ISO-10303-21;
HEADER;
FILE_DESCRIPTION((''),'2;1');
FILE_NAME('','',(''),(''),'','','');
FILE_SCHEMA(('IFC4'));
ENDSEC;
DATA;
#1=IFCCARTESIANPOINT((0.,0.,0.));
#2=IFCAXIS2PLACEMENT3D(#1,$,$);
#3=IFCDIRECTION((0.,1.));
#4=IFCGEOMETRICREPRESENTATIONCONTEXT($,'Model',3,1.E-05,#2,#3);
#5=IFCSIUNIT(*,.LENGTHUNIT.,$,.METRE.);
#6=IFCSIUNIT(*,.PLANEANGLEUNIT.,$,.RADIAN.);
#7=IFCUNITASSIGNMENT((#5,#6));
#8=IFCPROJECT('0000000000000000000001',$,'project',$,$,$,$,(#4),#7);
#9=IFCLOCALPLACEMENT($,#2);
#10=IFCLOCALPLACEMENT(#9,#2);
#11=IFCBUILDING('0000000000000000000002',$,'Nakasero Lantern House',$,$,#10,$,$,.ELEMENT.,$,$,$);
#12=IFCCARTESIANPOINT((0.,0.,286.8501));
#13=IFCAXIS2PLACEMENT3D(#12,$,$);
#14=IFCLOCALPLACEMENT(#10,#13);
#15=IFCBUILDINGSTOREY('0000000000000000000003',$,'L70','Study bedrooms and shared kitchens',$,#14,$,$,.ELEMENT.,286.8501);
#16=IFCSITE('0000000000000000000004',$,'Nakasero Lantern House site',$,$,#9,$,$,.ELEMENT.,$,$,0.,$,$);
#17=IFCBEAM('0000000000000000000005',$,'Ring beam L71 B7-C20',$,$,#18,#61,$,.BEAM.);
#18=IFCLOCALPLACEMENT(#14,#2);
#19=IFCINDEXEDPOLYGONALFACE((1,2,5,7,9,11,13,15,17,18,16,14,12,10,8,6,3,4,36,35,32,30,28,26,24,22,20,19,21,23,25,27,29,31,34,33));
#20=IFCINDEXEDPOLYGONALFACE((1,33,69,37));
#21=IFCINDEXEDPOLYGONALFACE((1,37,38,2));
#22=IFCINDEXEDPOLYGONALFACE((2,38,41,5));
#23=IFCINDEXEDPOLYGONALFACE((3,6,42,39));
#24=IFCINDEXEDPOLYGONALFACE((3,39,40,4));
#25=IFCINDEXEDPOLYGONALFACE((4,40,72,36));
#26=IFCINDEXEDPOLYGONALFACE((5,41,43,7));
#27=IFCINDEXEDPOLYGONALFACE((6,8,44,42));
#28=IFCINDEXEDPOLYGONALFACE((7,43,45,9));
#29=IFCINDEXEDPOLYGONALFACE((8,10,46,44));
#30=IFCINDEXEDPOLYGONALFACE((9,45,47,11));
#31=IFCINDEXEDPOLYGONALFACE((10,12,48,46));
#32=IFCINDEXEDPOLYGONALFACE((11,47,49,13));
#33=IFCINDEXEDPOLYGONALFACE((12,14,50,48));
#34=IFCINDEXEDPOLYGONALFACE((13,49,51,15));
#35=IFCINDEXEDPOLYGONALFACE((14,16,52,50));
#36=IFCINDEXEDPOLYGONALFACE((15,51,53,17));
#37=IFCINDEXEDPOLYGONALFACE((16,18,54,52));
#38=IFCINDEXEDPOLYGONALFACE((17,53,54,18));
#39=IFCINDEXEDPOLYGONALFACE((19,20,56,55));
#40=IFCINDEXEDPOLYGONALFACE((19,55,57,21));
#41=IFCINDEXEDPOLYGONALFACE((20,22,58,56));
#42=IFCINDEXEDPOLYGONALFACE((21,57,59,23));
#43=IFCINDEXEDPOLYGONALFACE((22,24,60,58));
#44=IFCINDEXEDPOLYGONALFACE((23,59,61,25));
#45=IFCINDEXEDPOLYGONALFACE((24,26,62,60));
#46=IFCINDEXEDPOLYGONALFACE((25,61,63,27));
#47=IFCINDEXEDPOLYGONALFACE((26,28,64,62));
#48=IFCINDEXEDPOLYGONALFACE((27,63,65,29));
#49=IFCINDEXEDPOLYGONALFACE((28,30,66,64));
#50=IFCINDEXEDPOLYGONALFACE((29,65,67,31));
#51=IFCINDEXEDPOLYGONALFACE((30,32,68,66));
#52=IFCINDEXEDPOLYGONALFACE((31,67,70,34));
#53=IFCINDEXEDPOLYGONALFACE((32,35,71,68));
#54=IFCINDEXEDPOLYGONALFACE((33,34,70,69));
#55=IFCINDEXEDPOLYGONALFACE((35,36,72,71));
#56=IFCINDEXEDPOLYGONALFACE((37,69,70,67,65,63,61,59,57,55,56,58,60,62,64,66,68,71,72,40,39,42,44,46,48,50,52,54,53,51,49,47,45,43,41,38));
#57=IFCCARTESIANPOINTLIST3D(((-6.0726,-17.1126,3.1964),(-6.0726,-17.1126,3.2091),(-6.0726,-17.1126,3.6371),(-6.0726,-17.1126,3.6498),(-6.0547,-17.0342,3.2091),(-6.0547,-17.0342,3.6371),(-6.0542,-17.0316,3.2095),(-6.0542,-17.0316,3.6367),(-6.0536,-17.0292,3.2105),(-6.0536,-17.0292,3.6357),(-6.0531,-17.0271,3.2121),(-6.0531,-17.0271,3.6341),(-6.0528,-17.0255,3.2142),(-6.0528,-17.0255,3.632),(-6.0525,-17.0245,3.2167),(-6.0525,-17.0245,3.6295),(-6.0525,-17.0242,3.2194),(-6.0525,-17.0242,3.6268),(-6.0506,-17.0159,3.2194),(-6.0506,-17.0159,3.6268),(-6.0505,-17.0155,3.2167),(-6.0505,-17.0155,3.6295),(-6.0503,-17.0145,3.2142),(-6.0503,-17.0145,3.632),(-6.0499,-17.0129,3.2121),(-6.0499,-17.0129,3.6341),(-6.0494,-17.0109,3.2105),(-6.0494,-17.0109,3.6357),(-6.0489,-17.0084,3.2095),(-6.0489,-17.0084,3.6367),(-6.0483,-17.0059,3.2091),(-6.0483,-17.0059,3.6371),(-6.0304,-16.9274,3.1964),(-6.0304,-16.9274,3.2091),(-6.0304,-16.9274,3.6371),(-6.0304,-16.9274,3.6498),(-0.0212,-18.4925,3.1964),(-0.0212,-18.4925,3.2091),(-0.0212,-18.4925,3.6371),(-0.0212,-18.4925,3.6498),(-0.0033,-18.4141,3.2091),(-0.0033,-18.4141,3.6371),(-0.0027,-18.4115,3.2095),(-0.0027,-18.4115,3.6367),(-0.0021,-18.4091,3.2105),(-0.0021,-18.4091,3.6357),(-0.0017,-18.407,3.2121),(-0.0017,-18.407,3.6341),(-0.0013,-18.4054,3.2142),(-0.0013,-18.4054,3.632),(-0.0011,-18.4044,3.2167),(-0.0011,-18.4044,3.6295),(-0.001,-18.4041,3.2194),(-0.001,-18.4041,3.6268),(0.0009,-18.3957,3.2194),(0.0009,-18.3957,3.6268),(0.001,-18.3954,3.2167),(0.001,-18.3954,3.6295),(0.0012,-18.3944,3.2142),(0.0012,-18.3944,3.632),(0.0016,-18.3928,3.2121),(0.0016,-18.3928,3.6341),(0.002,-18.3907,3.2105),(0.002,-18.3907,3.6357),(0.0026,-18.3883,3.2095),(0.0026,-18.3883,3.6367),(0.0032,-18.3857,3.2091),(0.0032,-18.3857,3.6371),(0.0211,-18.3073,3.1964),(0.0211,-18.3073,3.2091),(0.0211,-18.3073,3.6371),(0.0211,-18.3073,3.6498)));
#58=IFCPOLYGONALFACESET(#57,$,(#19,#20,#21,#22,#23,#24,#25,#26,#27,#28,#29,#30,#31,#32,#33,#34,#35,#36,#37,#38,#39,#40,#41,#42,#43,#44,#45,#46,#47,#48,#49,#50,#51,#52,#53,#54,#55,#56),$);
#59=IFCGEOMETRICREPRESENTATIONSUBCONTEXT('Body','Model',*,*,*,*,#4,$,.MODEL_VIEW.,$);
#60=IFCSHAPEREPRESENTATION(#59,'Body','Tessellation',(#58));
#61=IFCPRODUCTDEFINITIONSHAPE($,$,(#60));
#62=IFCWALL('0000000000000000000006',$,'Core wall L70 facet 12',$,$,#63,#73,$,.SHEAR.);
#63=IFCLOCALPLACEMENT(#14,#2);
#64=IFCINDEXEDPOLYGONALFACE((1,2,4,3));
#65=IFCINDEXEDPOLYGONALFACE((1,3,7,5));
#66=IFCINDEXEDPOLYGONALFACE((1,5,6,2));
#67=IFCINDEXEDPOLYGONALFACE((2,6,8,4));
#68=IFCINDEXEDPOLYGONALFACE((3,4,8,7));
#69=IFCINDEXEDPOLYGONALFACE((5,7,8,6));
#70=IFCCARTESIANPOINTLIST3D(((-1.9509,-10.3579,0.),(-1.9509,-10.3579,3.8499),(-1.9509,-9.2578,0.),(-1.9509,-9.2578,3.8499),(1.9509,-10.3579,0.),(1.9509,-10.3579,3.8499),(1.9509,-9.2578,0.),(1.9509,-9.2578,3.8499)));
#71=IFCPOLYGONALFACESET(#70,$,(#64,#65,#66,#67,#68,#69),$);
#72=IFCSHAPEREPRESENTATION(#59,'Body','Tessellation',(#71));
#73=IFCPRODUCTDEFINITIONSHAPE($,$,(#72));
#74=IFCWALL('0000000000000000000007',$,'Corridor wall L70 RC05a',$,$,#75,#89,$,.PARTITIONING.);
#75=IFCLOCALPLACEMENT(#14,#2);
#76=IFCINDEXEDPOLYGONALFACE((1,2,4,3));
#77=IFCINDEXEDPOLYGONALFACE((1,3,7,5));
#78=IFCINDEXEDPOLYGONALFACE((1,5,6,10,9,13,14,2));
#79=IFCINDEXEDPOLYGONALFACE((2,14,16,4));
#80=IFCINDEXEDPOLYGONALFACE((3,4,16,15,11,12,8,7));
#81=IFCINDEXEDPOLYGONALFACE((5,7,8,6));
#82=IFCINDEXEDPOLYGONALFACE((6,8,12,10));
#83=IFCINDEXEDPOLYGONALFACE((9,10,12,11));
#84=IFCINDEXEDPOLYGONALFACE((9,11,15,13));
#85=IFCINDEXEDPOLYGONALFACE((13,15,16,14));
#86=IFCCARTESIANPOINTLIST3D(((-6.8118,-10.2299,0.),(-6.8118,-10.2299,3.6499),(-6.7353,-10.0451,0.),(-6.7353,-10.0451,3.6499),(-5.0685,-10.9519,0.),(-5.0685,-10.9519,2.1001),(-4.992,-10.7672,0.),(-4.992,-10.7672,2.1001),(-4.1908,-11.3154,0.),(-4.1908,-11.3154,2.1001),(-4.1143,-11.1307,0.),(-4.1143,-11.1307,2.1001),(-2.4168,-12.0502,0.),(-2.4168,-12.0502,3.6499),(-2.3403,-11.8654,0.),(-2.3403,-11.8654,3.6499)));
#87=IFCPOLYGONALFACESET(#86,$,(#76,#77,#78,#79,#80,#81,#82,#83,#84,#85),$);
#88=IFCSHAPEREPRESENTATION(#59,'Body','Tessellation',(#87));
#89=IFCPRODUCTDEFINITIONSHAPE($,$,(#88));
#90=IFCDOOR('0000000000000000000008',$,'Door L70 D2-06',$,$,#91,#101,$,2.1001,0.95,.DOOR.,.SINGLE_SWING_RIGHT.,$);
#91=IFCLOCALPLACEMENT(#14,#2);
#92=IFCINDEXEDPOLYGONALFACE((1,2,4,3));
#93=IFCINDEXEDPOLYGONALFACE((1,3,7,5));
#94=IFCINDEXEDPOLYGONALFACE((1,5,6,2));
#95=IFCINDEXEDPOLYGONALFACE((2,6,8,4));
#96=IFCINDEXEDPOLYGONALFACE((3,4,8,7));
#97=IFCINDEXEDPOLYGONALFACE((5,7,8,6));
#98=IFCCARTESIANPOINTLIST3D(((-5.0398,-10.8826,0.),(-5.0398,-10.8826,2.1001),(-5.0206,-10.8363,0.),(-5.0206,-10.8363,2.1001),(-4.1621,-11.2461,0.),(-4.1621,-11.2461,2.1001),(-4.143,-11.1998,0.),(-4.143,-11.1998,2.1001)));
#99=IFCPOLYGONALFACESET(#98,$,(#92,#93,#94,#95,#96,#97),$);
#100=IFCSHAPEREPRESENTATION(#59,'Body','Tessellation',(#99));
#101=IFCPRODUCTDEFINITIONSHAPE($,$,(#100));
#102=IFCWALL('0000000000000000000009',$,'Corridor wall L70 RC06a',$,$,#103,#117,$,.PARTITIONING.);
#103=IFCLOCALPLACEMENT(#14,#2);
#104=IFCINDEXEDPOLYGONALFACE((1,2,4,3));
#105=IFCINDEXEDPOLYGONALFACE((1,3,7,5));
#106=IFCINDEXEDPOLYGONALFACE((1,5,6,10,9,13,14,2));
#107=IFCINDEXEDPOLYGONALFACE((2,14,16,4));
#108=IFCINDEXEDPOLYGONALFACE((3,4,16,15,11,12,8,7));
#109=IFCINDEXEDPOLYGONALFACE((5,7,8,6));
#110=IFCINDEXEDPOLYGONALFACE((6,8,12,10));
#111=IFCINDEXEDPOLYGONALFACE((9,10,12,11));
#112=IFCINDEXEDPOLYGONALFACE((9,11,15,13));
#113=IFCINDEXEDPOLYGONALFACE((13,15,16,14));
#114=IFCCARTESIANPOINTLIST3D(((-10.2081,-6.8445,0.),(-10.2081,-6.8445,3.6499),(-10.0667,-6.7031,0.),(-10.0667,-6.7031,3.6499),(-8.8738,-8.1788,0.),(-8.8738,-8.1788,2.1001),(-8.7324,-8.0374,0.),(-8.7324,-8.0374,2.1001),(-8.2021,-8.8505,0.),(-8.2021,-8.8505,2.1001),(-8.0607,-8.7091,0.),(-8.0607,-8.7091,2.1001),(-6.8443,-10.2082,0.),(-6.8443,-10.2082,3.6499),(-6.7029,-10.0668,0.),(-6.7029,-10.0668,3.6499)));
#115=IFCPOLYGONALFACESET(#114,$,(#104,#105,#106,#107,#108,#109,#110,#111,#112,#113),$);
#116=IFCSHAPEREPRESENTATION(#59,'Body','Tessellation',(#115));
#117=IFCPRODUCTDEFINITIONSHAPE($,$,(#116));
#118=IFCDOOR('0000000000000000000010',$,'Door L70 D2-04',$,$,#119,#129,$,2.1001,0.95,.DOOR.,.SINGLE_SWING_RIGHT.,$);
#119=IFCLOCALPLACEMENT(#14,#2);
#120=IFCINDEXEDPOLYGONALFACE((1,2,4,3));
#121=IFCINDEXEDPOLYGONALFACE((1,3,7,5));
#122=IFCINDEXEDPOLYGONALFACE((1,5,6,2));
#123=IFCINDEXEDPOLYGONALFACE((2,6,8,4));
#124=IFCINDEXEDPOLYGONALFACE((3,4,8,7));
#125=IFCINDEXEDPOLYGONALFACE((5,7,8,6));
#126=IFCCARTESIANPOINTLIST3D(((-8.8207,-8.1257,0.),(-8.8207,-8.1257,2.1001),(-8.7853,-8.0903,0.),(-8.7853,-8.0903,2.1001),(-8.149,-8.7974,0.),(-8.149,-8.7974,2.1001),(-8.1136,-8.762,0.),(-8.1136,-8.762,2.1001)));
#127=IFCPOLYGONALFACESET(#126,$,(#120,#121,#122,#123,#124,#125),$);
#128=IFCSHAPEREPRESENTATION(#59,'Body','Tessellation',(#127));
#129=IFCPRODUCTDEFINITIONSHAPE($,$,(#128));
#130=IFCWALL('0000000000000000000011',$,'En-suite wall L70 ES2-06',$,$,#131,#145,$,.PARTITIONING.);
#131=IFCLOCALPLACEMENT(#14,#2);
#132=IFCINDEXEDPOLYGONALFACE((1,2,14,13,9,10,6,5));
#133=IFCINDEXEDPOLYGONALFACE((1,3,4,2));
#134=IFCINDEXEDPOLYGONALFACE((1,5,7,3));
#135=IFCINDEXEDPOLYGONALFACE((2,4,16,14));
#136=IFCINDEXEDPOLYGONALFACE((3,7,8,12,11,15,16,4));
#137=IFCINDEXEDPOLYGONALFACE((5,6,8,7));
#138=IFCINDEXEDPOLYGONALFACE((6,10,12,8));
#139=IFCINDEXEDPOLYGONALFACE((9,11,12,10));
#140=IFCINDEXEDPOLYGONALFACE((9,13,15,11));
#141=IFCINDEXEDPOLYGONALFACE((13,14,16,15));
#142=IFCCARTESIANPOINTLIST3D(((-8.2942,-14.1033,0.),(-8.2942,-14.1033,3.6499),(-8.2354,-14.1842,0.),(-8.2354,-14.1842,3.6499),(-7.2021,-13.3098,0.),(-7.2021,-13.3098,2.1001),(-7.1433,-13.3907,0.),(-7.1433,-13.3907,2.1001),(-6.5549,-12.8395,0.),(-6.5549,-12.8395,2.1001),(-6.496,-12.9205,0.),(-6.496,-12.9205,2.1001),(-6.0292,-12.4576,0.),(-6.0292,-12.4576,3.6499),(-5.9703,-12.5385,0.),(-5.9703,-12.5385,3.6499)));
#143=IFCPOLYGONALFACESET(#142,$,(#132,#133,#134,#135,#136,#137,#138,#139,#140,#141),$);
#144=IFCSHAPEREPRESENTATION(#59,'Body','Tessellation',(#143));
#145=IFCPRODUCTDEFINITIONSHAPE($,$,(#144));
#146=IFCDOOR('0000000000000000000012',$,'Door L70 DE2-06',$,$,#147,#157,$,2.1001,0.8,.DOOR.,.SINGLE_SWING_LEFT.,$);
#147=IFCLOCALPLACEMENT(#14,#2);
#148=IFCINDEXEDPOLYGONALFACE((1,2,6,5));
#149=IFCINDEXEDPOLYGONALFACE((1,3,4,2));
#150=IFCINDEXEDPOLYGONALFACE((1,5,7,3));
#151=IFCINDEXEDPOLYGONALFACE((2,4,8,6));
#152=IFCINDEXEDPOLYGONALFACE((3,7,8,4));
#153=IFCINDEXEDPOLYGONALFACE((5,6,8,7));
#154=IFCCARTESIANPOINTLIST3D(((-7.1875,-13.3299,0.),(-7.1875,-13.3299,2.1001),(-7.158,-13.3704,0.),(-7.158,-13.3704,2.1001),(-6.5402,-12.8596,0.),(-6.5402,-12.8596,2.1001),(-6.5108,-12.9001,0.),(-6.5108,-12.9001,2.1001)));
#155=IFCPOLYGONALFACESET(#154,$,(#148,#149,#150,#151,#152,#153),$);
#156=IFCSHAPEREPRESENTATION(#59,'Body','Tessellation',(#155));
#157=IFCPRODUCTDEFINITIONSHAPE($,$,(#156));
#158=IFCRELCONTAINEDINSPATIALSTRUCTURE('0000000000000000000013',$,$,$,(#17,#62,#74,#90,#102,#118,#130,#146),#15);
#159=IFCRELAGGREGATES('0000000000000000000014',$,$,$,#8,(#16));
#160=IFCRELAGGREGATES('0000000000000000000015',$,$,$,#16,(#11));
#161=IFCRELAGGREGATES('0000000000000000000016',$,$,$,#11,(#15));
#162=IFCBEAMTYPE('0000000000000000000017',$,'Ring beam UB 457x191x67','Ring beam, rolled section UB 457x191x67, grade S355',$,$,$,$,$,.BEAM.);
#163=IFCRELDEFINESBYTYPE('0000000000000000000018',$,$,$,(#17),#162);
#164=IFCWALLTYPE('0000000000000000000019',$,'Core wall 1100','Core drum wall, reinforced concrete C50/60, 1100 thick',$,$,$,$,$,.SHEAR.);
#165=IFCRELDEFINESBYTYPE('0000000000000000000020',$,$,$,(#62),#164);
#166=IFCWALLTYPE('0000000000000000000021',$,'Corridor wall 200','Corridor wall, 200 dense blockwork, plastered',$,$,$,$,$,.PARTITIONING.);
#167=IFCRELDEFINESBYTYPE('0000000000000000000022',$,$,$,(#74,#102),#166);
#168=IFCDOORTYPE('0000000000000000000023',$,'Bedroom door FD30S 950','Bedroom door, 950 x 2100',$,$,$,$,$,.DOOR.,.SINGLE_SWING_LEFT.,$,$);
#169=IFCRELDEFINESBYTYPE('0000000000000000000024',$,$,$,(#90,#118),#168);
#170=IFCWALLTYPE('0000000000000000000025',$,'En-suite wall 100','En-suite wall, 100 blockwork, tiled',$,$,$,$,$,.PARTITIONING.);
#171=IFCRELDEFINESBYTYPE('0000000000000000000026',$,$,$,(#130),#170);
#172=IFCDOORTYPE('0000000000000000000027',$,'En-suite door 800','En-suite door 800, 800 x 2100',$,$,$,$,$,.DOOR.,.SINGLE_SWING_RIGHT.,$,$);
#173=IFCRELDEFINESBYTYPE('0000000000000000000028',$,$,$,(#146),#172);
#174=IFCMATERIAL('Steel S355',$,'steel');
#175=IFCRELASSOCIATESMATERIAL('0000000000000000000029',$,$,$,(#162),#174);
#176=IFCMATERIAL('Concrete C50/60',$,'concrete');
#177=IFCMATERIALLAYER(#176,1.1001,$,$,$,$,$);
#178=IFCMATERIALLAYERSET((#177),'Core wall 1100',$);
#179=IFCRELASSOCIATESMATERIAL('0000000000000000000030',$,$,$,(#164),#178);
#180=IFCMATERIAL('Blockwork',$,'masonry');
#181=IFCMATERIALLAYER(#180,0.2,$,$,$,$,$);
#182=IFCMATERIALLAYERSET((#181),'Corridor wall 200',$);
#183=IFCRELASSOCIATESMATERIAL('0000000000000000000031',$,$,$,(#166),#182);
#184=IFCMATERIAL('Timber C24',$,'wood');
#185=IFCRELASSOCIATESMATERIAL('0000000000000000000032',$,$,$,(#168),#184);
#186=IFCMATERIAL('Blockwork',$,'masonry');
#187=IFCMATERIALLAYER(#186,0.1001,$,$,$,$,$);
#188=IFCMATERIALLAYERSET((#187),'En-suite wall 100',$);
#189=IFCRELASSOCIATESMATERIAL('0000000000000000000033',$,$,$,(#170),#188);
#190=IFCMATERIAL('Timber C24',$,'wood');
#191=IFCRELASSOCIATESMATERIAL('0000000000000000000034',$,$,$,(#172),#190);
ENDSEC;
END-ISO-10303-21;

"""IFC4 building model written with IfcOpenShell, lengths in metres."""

from ifc_helpers import new_model, si_unit, direction, frame, frame_2d, origin, origin_2d, place, context, subcontext, project, spatial, rectangle, i_section, extrude, material, layer, layer_set, material_profile, profile_set, type_object, element, fill, save


model = new_model("IFC4")

# Units and contexts
model_context = context("Model", 3, precision=1e-05, world=origin(), true_north=direction((0.0, 1.0)))
body_context = subcontext(model_context, "Body", "Model", "MODEL_VIEW")
ifc_project = project(units=[si_unit("LENGTHUNIT", "METRE"), si_unit("PLANEANGLEUNIT", "RADIAN")], contexts=[model_context])

# Site, building, storey
site_placement = place(None, origin())
site = spatial("IfcSite", under=ifc_project, at=site_placement, Name="Nakasero Lantern House site", CompositionType="ELEMENT", RefElevation=0.0)
building_placement = place(site_placement, origin())
building = spatial("IfcBuilding", under=site, at=building_placement, Name="Nakasero Lantern House", CompositionType="ELEMENT")
storey_placement = place(building_placement, frame((0.0, 0.0, 286.8501)))
storey = spatial("IfcBuildingStorey", under=building, at=storey_placement, Name="L70", Description="Study bedrooms and shared kitchens", CompositionType="ELEMENT", Elevation=286.8501)

# Beam
ifc_material_1 = material(Name="Steel S355", Category="steel")
ifc_material_profile_1 = material_profile(ifc_material_1, i_section(OverallWidth=0.1899, OverallDepth=0.4534, WebThickness=0.0085, FlangeThickness=0.0127, FilletRadius=0.0103, at=origin_2d()), Name="UB 457x191x67")
ifc_profile_set_1 = profile_set([ifc_material_profile_1], Name="Steel S355")
beam_type_1 = type_object("IfcBeamType", Name="Ring beam UB 457x191x67", Description="Ring beam, rolled section UB 457x191x67, grade S355", PredefinedType="BEAM", material=ifc_profile_set_1)
beam_1_placement = place(storey_placement, frame((-6.0515, -17.02, 3.4231), z_axis=(0.974975, -0.222316, 0.0), x_axis=(0.222316, 0.974975, 0.0)))
element("IfcBeam", 1, at=beam_1_placement, inside=storey, type_object=beam_type_1, Name="Ring beam L71 B7-C20", PredefinedType="BEAM", context=body_context, shape_type="SweptSolid", body=[
    extrude(i_section(OverallWidth=0.1899, OverallDepth=0.4534, WebThickness=0.0085, FlangeThickness=0.0127, FilletRadius=0.0103, at=origin_2d()), origin(), (0.0, 0.0, 1.0), 6.2068),
])

# Wall
ifc_material_2 = material(Name="Concrete C50/60", Category="concrete")
ifc_layer_1 = layer(ifc_material_2, 1.1001)
ifc_layer_set_1 = layer_set([ifc_layer_1], Name="Core wall 1100")
wall_type_1 = type_object("IfcWallType", Name="Core wall 1100", Description="Core drum wall, reinforced concrete C50/60, 1100 thick", PredefinedType="SHEAR", material=ifc_layer_set_1)
wall_1_placement = place(storey_placement, frame((-1.9509, -9.8079, 0.0), z_axis=(0.0, 0.0, 1.0), x_axis=(1.0, 0.0, 0.0)))
element("IfcWall", 2, at=wall_1_placement, inside=storey, type_object=wall_type_1, Name="Core wall L70 facet 12", PredefinedType="SHEAR", context=body_context, shape_type="SweptSolid", body=[
    extrude(rectangle(XDim=3.9019, YDim=1.1001, at=frame_2d((1.9509, 0.0))), origin(), (0.0, 0.0, 1.0), 3.8499),
])

# Walls, openings, doors
ifc_material_3 = material(Name="Blockwork", Category="masonry")
ifc_layer_2 = layer(ifc_material_3, 0.2)
ifc_layer_set_2 = layer_set([ifc_layer_2], Name="Corridor wall 200")
wall_type_2 = type_object("IfcWallType", Name="Corridor wall 200", Description="Corridor wall, 200 dense blockwork, plastered", PredefinedType="PARTITIONING", material=ifc_layer_set_2)
wall_2_placement = place(storey_placement, frame((-2.3787, -11.9578, 0.0), z_axis=(0.0, 0.0, 1.0), x_axis=(-0.923892, 0.382654, 0.0)))
wall_2 = element("IfcWall", 3, at=wall_2_placement, inside=storey, type_object=wall_type_2, Name="Corridor wall L70 RC05a", PredefinedType="PARTITIONING", context=body_context, shape_type="SweptSolid", body=[
    extrude(rectangle(XDim=4.7571, YDim=0.2, at=frame_2d((2.3784, 0.0))), origin(), (0.0, 0.0, 1.0), 3.6499),
])
opening_1_placement = place(wall_2_placement, frame((1.9199, 0.0, 0.0)))
opening_1 = element("IfcOpeningElement", 4, at=opening_1_placement, cuts=wall_2, PredefinedType="OPENING", context=body_context, shape_type="SweptSolid", body=[
    extrude(rectangle(XDim=0.95, YDim=2.1001, at=frame_2d((0.4751, 1.05))), frame((0.0, 0.1199, 0.0), z_axis=(0.0, -1.0, 0.0), x_axis=(1.0, 0.0, 0.0)), (0.0, 0.0, 1.0), 0.24),
])
ifc_material_4 = material(Name="Timber C24", Category="wood")
door_type_1 = type_object("IfcDoorType", Name="Bedroom door FD30S 950", Description="Bedroom door, 950 x 2100", OperationType="SINGLE_SWING_LEFT", PredefinedType="DOOR", material=ifc_material_4)
door_1_placement = place(opening_1_placement, origin())
door_1 = element("IfcDoor", 5, at=door_1_placement, inside=storey, type_object=door_type_1, Name="Door L70 D2-06", OperationType="SINGLE_SWING_RIGHT", OverallHeight=2.1001, OverallWidth=0.95, PredefinedType="DOOR", context=body_context, shape_type="SweptSolid", body=[
    extrude(rectangle(XDim=0.95, YDim=2.1001, at=frame_2d((0.4751, 1.05))), frame((0.0, 0.0249, 0.0), z_axis=(0.0, -1.0, 0.0), x_axis=(1.0, 0.0, 0.0)), (0.0, 0.0, 1.0), 0.05),
])
fill(opening_1, door_1)
wall_3_placement = place(storey_placement, frame((-6.7737, -10.1375, 0.0), z_axis=(0.0, 0.0, 1.0), x_axis=(-0.707107, 0.707107, 0.0)))
wall_3 = element("IfcWall", 6, at=wall_3_placement, inside=storey, type_object=wall_type_2, Name="Corridor wall L70 RC06a", PredefinedType="PARTITIONING", context=body_context, shape_type="SweptSolid", body=[
    extrude(rectangle(XDim=4.7571, YDim=0.2, at=frame_2d((2.3784, 0.0))), origin(), (0.0, 0.0, 1.0), 3.6499),
])
opening_2_placement = place(wall_3_placement, frame((1.9199, 0.0, 0.0)))
opening_2 = element("IfcOpeningElement", 7, at=opening_2_placement, cuts=wall_3, PredefinedType="OPENING", context=body_context, shape_type="SweptSolid", body=[
    extrude(rectangle(XDim=0.95, YDim=2.1001, at=frame_2d((0.4751, 1.05))), frame((0.0, 0.1199, 0.0), z_axis=(0.0, -1.0, 0.0), x_axis=(1.0, 0.0, 0.0)), (0.0, 0.0, 1.0), 0.24),
])
door_2_placement = place(opening_2_placement, origin())
door_2 = element("IfcDoor", 8, at=door_2_placement, inside=storey, type_object=door_type_1, Name="Door L70 D2-04", OperationType="SINGLE_SWING_RIGHT", OverallHeight=2.1001, OverallWidth=0.95, PredefinedType="DOOR", context=body_context, shape_type="SweptSolid", body=[
    extrude(rectangle(XDim=0.95, YDim=2.1001, at=frame_2d((0.4751, 1.05))), frame((0.0, 0.0249, 0.0), z_axis=(0.0, -1.0, 0.0), x_axis=(1.0, 0.0, 0.0)), (0.0, 0.0, 1.0), 0.05),
])
fill(opening_2, door_2)
ifc_material_5 = material(Name="Blockwork", Category="masonry")
ifc_layer_3 = layer(ifc_material_5, 0.1001)
ifc_layer_set_3 = layer_set([ifc_layer_3], Name="En-suite wall 100")
wall_type_3 = type_object("IfcWallType", Name="En-suite wall 100", Description="En-suite wall, 100 blockwork, tiled", PredefinedType="PARTITIONING", material=ifc_layer_set_3)
wall_4_placement = place(storey_placement, frame((-5.9998, -12.498, 0.0), z_axis=(0.0, 0.0, 1.0), x_axis=(-0.809011, -0.587793, 0.0)))
wall_4 = element("IfcWall", 9, at=wall_4_placement, inside=storey, type_object=wall_type_3, Name="En-suite wall L70 ES2-06", PredefinedType="PARTITIONING", context=body_context, shape_type="SweptSolid", body=[
    extrude(rectangle(XDim=2.7998, YDim=0.1001, at=frame_2d((1.3999, 0.0))), origin(), (0.0, 0.0, 1.0), 3.6499),
])
opening_3_placement = place(wall_4_placement, frame((0.6499, 0.0, 0.0)))
opening_3 = element("IfcOpeningElement", 10, at=opening_3_placement, cuts=wall_4, PredefinedType="OPENING", context=body_context, shape_type="SweptSolid", body=[
    extrude(rectangle(XDim=0.8, YDim=2.1001, at=frame_2d((0.3999, 1.05))), frame((0.0, 0.0701, 0.0), z_axis=(0.0, -1.0, 0.0), x_axis=(1.0, 0.0, 0.0)), (0.0, 0.0, 1.0), 0.1401),
])
ifc_material_6 = material(Name="Timber C24", Category="wood")
door_type_2 = type_object("IfcDoorType", Name="En-suite door 800", Description="En-suite door 800, 800 x 2100", OperationType="SINGLE_SWING_RIGHT", PredefinedType="DOOR", material=ifc_material_6)
door_3_placement = place(opening_3_placement, origin())
door_3 = element("IfcDoor", 11, at=door_3_placement, inside=storey, type_object=door_type_2, Name="Door L70 DE2-06", OperationType="SINGLE_SWING_LEFT", OverallHeight=2.1001, OverallWidth=0.8, PredefinedType="DOOR", context=body_context, shape_type="SweptSolid", body=[
    extrude(rectangle(XDim=0.8, YDim=2.1001, at=frame_2d((0.3999, 1.05))), frame((0.0, 0.0249, 0.0), z_axis=(0.0, -1.0, 0.0), x_axis=(1.0, 0.0, 0.0)), (0.0, 0.0, 1.0), 0.05),
])
fill(opening_3, door_3)

save(model, "model.ifc")
